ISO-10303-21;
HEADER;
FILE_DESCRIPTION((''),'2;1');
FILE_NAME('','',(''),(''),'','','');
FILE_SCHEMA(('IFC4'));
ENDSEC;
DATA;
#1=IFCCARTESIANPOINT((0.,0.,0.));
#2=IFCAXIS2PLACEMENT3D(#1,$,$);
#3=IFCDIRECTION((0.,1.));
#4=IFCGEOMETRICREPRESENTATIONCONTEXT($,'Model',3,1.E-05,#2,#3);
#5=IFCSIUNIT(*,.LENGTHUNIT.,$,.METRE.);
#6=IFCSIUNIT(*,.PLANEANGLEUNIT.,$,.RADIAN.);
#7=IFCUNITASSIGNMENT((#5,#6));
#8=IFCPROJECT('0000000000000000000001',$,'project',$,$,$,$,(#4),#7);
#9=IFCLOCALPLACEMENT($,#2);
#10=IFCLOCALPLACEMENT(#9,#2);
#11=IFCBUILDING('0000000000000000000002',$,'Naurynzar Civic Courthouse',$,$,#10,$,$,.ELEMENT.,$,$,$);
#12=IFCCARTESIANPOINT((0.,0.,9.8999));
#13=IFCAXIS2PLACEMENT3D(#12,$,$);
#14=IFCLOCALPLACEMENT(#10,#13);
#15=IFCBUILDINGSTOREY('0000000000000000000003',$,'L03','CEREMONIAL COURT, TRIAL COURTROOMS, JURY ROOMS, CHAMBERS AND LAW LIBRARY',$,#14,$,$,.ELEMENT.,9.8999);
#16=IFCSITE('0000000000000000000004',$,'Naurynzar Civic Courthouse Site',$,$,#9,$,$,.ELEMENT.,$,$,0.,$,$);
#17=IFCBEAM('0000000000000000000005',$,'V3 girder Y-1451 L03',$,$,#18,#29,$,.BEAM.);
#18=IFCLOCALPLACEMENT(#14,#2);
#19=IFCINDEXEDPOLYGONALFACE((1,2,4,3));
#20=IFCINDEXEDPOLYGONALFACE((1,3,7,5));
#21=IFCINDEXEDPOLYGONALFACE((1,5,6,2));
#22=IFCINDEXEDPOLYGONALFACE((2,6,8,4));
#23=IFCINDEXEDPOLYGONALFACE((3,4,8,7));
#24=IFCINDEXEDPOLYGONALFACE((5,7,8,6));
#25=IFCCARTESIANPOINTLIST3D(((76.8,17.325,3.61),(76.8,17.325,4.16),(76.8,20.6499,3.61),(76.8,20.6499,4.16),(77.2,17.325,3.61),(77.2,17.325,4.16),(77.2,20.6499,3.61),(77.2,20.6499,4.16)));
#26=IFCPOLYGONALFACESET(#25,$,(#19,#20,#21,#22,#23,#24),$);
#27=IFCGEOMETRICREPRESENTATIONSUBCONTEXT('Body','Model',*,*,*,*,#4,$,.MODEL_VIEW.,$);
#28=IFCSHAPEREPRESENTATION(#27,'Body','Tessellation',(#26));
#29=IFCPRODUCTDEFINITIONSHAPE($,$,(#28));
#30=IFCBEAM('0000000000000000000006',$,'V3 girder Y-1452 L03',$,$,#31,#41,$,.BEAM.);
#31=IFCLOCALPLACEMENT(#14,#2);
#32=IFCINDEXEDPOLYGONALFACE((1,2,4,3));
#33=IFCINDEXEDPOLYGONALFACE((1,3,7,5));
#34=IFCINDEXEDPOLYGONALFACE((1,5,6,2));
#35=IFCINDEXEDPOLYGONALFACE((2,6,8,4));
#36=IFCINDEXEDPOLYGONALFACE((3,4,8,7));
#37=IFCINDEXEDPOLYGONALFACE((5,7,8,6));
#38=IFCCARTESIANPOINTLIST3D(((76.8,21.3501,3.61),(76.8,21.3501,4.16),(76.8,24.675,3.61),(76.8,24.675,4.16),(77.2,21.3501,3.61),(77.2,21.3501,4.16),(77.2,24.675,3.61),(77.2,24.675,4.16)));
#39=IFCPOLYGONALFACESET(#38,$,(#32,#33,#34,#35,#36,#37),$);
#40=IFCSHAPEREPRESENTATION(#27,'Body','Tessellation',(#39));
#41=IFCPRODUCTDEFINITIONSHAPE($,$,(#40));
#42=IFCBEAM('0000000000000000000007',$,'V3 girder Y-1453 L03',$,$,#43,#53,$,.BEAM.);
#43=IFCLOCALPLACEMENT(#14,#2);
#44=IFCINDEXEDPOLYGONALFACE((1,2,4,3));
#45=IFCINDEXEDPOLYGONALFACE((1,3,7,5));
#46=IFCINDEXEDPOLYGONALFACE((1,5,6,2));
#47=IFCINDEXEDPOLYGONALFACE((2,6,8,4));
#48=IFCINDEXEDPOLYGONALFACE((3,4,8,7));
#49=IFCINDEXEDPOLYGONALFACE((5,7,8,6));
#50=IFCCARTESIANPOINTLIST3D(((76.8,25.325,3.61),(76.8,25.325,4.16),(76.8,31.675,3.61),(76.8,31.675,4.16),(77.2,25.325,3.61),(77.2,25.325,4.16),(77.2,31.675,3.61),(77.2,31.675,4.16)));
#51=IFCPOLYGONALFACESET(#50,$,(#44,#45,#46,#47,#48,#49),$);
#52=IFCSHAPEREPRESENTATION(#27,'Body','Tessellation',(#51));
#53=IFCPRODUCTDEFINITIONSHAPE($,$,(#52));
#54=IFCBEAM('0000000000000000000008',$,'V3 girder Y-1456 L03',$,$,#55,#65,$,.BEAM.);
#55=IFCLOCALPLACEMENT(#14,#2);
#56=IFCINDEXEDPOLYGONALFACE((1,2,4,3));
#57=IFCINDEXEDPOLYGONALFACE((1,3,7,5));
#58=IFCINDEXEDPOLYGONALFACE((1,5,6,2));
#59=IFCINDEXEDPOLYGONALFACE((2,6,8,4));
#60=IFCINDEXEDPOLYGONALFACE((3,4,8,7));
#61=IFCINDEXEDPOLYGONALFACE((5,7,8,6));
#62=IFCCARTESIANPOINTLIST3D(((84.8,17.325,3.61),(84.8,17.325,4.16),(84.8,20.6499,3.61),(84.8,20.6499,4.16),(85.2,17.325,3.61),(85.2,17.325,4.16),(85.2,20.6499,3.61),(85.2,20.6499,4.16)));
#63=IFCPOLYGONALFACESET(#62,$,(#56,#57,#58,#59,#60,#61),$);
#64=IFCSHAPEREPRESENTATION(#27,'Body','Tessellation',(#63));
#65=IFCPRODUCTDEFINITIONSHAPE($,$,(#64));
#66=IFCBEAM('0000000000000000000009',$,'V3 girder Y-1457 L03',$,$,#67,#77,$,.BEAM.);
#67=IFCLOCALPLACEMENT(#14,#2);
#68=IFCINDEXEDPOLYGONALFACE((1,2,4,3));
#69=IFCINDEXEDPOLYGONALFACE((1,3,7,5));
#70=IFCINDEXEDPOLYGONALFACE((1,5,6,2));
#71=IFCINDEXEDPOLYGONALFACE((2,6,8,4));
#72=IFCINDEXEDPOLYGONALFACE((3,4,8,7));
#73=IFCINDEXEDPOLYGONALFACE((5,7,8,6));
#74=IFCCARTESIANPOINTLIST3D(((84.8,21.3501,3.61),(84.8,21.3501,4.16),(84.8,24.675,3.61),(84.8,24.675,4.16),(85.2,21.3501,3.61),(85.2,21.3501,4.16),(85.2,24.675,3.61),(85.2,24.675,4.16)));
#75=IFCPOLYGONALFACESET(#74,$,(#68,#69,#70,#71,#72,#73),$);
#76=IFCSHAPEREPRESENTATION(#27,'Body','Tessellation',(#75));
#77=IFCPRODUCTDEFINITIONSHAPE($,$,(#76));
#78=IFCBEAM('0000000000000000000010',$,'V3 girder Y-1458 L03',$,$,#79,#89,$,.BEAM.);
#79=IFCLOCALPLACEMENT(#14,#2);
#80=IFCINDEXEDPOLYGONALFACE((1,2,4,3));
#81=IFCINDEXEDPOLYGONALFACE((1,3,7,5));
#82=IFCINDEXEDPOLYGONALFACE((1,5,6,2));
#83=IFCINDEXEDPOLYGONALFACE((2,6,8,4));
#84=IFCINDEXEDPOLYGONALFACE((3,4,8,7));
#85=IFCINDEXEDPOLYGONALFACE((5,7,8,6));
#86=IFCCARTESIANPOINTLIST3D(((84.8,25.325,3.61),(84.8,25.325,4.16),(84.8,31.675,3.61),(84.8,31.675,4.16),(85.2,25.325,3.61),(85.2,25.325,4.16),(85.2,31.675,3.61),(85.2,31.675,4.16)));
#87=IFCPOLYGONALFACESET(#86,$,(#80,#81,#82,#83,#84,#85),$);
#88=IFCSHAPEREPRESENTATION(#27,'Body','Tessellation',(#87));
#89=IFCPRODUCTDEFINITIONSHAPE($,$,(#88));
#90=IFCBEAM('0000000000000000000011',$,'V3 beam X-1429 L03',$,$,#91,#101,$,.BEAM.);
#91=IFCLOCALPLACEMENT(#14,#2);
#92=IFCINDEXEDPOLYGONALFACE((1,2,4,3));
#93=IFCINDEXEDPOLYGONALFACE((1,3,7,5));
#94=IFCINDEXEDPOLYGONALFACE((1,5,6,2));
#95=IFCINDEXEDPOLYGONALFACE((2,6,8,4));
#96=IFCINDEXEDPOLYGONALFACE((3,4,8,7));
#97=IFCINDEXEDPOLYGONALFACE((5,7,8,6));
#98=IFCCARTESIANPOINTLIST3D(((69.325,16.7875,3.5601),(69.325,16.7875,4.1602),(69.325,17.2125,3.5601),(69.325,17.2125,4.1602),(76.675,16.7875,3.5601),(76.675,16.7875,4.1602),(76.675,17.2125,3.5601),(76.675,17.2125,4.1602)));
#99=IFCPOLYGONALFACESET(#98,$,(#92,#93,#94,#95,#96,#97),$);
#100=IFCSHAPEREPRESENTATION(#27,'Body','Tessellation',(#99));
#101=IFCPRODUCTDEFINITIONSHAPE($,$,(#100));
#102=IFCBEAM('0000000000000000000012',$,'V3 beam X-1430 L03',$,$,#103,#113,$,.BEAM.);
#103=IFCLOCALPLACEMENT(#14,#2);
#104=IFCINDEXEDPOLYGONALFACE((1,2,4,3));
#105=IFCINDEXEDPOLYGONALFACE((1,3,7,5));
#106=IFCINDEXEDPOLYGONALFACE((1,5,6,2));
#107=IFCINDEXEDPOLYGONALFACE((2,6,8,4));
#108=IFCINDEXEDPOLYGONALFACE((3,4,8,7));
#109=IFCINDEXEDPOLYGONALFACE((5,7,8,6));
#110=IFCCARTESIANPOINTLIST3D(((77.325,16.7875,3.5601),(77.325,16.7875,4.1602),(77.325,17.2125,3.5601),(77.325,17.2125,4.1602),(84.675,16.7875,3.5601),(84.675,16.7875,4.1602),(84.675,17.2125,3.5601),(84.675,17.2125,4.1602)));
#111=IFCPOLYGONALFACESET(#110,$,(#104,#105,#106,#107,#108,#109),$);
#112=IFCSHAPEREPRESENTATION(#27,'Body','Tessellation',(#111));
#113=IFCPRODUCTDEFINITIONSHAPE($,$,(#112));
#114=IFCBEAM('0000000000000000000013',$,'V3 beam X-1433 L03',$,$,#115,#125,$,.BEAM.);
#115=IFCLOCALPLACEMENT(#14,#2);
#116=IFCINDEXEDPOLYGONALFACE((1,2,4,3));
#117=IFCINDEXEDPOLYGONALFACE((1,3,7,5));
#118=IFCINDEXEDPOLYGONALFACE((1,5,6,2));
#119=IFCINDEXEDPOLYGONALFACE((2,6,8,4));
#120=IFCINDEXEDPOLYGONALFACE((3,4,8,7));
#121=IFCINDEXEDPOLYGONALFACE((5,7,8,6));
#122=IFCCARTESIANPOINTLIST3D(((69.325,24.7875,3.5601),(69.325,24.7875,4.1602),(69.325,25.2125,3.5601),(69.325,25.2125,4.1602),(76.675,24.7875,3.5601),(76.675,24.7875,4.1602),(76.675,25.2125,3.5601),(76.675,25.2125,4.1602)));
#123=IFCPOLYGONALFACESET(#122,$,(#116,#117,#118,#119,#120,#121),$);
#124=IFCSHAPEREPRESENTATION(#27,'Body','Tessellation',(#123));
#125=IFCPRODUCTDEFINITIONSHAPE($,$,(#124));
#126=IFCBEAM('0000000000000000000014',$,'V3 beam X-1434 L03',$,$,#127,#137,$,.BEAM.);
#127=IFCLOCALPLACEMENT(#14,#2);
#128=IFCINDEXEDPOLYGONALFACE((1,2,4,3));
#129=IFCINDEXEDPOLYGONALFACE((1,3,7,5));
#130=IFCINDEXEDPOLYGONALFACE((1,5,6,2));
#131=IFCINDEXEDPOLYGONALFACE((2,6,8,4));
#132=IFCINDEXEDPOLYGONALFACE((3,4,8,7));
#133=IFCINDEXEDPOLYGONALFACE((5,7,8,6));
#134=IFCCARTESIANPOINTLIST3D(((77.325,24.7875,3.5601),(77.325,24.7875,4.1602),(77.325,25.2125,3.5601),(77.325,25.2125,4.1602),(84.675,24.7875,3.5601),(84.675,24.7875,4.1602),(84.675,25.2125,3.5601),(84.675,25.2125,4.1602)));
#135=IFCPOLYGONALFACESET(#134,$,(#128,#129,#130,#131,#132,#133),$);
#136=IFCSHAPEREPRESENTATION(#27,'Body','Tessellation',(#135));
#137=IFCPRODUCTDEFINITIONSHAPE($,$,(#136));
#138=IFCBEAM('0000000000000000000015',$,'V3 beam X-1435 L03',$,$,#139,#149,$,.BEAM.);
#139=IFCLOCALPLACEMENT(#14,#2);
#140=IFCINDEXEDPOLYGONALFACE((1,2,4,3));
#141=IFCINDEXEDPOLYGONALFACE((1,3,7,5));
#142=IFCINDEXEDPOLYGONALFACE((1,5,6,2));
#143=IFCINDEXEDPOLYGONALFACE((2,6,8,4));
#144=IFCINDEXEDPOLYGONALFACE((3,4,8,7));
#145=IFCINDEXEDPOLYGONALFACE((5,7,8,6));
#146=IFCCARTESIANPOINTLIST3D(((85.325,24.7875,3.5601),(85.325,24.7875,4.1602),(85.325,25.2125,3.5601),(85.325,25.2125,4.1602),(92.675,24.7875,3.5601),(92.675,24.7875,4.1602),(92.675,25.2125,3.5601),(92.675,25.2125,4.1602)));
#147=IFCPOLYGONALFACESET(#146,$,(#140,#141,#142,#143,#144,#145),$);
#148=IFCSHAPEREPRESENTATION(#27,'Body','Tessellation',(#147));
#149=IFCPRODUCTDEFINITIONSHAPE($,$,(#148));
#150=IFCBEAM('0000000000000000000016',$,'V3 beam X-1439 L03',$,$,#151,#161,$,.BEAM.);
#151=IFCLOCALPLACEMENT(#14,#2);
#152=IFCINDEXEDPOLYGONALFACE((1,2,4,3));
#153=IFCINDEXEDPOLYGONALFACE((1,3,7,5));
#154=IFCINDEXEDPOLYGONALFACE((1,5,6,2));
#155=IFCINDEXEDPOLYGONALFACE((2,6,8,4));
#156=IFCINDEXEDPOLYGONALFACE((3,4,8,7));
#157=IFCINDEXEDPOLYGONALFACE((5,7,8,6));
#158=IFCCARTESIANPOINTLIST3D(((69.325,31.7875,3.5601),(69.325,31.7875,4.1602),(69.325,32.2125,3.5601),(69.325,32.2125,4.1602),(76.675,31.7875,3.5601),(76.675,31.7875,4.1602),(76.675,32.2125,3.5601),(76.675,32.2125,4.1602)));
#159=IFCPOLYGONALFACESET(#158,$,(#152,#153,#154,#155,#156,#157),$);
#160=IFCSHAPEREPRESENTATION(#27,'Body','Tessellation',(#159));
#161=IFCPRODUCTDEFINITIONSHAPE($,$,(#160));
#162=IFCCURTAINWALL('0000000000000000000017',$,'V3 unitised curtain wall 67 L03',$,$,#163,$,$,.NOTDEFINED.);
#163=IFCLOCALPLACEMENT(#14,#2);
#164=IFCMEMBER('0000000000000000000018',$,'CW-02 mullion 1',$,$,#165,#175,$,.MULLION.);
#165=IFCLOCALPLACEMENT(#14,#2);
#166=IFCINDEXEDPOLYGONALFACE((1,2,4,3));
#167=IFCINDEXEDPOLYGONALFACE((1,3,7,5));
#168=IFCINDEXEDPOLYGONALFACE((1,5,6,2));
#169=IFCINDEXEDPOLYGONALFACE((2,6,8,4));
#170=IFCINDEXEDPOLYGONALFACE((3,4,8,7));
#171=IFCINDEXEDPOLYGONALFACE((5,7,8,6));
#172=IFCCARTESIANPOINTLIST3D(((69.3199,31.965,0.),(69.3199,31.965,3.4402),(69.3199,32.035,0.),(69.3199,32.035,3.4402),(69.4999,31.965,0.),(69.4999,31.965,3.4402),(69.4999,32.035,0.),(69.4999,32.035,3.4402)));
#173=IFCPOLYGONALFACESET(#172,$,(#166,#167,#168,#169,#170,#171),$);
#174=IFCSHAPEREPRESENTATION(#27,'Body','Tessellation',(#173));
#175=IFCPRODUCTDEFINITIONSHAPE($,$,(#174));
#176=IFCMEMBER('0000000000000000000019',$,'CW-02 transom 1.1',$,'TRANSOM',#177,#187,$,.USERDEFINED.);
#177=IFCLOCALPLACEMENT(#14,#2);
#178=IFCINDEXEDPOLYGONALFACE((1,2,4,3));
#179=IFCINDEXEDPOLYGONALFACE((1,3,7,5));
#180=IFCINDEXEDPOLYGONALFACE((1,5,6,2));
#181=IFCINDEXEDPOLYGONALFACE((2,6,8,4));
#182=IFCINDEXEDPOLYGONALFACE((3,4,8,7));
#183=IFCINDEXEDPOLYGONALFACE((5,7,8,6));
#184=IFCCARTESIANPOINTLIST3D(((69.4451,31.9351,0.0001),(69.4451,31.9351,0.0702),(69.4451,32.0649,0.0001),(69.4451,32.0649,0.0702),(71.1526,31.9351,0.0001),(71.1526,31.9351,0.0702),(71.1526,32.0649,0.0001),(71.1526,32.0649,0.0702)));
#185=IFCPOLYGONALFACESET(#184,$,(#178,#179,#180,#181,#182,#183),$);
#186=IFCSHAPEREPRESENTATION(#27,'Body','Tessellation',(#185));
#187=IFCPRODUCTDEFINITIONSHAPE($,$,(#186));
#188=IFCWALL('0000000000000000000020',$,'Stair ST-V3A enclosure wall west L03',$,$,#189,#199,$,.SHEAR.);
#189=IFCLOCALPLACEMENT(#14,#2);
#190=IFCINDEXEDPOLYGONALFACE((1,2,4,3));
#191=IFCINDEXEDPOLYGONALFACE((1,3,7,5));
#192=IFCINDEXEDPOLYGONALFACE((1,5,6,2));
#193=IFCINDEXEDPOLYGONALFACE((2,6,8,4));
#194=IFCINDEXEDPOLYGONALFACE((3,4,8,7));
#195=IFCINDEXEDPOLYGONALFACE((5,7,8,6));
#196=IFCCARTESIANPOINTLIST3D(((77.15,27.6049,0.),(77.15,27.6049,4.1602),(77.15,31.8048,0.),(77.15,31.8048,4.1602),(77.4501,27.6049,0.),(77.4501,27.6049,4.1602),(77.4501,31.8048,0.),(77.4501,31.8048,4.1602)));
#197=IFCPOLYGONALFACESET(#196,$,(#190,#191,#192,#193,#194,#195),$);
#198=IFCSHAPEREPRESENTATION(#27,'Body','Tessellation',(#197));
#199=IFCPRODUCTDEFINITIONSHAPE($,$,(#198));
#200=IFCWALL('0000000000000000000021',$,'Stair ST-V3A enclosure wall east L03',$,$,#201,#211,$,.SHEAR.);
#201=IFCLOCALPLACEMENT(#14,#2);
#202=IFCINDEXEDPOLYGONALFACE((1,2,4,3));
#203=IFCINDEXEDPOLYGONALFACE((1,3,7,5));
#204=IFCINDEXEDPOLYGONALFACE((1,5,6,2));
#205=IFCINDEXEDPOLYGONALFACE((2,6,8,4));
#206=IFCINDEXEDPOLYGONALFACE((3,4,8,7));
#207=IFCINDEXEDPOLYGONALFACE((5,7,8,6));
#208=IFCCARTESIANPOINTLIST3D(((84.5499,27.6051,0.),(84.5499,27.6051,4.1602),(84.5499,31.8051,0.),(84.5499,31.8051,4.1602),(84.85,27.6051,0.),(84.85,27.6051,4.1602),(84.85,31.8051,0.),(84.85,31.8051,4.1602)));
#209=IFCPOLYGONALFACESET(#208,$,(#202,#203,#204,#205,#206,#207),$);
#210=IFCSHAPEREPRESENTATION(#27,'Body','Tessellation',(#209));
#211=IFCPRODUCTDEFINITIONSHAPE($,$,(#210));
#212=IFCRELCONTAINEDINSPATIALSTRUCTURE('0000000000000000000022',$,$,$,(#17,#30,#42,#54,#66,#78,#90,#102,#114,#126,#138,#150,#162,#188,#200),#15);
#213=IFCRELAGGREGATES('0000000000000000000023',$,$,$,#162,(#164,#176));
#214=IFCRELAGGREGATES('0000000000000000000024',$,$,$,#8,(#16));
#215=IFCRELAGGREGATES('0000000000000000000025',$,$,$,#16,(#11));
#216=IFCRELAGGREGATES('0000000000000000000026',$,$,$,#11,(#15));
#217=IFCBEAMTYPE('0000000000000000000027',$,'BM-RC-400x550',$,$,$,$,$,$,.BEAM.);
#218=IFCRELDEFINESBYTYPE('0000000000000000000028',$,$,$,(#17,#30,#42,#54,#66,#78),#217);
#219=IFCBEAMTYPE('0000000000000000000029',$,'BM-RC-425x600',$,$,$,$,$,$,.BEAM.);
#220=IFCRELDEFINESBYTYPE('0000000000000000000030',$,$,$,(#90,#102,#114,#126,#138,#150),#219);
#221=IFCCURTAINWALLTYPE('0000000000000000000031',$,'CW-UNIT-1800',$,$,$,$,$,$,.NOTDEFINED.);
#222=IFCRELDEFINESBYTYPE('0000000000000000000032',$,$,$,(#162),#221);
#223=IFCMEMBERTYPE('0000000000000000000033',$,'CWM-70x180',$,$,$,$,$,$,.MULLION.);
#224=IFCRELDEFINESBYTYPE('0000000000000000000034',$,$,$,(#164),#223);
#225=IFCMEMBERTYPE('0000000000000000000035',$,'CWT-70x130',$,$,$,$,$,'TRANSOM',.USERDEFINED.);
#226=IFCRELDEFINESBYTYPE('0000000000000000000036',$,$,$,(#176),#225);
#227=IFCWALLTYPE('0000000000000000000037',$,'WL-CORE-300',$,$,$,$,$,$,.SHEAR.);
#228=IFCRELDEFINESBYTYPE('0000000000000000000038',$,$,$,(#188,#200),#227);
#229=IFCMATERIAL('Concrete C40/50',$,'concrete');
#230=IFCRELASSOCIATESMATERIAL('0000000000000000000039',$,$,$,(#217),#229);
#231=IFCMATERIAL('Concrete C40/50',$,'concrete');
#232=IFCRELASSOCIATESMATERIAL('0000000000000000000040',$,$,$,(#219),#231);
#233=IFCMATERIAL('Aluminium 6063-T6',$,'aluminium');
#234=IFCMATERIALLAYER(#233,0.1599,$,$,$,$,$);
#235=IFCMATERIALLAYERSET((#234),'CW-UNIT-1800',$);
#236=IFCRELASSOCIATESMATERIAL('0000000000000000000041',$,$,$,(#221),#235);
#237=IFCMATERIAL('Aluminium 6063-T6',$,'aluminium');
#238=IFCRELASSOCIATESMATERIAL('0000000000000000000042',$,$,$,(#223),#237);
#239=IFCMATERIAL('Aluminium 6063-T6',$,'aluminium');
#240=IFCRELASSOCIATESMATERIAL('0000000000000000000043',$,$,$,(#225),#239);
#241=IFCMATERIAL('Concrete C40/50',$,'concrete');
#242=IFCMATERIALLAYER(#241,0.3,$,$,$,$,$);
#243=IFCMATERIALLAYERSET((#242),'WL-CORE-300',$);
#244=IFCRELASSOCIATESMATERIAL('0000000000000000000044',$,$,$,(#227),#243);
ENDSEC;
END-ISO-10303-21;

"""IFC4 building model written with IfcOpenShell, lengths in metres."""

from ifc_helpers import new_model, si_unit, direction, frame, frame_2d, origin, origin_2d, place, context, subcontext, project, spatial, rectangle, extrude, material, layer, layer_set, material_profile, profile_set, type_object, element, aggregate, save


model = new_model("IFC4")

# Units and contexts
model_context = context("Model", 3, precision=1e-05, world=origin(), true_north=direction((0.0, 1.0)))
body_context = subcontext(model_context, "Body", "Model", "MODEL_VIEW")
ifc_project = project(units=[si_unit("LENGTHUNIT", "METRE"), si_unit("PLANEANGLEUNIT", "RADIAN")], contexts=[model_context])

# Site, building, storey
site_placement = place(None, origin())
site = spatial("IfcSite", under=ifc_project, at=site_placement, Name="Naurynzar Civic Courthouse Site", CompositionType="ELEMENT", RefElevation=0.0)
building_placement = place(site_placement, origin())
building = spatial("IfcBuilding", under=site, at=building_placement, Name="Naurynzar Civic Courthouse", CompositionType="ELEMENT")
storey_placement = place(building_placement, frame((0.0, 0.0, 9.8999)))
storey = spatial("IfcBuildingStorey", under=building, at=storey_placement, Name="L03", Description="CEREMONIAL COURT, TRIAL COURTROOMS, JURY ROOMS, CHAMBERS AND LAW LIBRARY", CompositionType="ELEMENT", Elevation=9.8999)

# Beams
ifc_material_1 = material(Name="Concrete C40/50", Category="concrete")
ifc_material_profile_1 = material_profile(ifc_material_1, rectangle(XDim=0.3999, YDim=0.55, at=origin_2d()), Name="RCB 400x550")
ifc_profile_set_1 = profile_set([ifc_material_profile_1], Name="Concrete C40/50")
beam_type_1 = type_object("IfcBeamType", Name="BM-RC-400x550", PredefinedType="BEAM", material=ifc_profile_set_1)
for number, where, z_axis, x_axis, name in (
    (1, (77.0, 17.325, 3.885), (0.0, 1.0, 0.0), (-1.0, 0.0, 0.0), "V3 girder Y-1451 L03"),
    (2, (77.0, 21.3501, 3.885), (0.0, 1.0, 0.0), (-1.0, 0.0, 0.0), "V3 girder Y-1452 L03"),
):
    element("IfcBeam", number, at=place(storey_placement, frame(where, z_axis=z_axis, x_axis=x_axis)), inside=storey, type_object=beam_type_1, Name=name, PredefinedType="BEAM", context=body_context, shape_type="SweptSolid", body=[
        extrude(rectangle(XDim=0.3999, YDim=0.55, at=origin_2d()), origin(), (0.0, 0.0, 1.0), 3.325),
    ])
beam_1_placement = place(storey_placement, frame((77.0, 25.325, 3.885), z_axis=(0.0, 1.0, 0.0), x_axis=(-1.0, 0.0, 0.0)))
element("IfcBeam", 3, at=beam_1_placement, inside=storey, type_object=beam_type_1, Name="V3 girder Y-1453 L03", PredefinedType="BEAM", context=body_context, shape_type="SweptSolid", body=[
    extrude(rectangle(XDim=0.3999, YDim=0.55, at=origin_2d()), origin(), (0.0, 0.0, 1.0), 6.3501),
])
for number, where, z_axis, x_axis, name in (
    (4, (85.0, 17.325, 3.885), (0.0, 1.0, 0.0), (-1.0, 0.0, 0.0), "V3 girder Y-1456 L03"),
    (5, (85.0, 21.3501, 3.885), (0.0, 1.0, 0.0), (-1.0, 0.0, 0.0), "V3 girder Y-1457 L03"),
):
    element("IfcBeam", number, at=place(storey_placement, frame(where, z_axis=z_axis, x_axis=x_axis)), inside=storey, type_object=beam_type_1, Name=name, PredefinedType="BEAM", context=body_context, shape_type="SweptSolid", body=[
        extrude(rectangle(XDim=0.3999, YDim=0.55, at=origin_2d()), origin(), (0.0, 0.0, 1.0), 3.325),
    ])
beam_2_placement = place(storey_placement, frame((85.0, 25.325, 3.885), z_axis=(0.0, 1.0, 0.0), x_axis=(-1.0, 0.0, 0.0)))
element("IfcBeam", 6, at=beam_2_placement, inside=storey, type_object=beam_type_1, Name="V3 girder Y-1458 L03", PredefinedType="BEAM", context=body_context, shape_type="SweptSolid", body=[
    extrude(rectangle(XDim=0.3999, YDim=0.55, at=origin_2d()), origin(), (0.0, 0.0, 1.0), 6.3501),
])
ifc_material_2 = material(Name="Concrete C40/50", Category="concrete")
ifc_material_profile_2 = material_profile(ifc_material_2, rectangle(XDim=0.425, YDim=0.6001, at=origin_2d()), Name="RCB 425x600")
ifc_profile_set_2 = profile_set([ifc_material_profile_2], Name="Concrete C40/50")
beam_type_2 = type_object("IfcBeamType", Name="BM-RC-425x600", PredefinedType="BEAM", material=ifc_profile_set_2)
for number, where, z_axis, x_axis, name in (
    (7, (69.325, 17.0, 3.8601), (1.0, 0.0, 0.0), (0.0, 1.0, 0.0), "V3 beam X-1429 L03"),
    (8, (77.325, 17.0, 3.8601), (1.0, 0.0, 0.0), (0.0, 1.0, 0.0), "V3 beam X-1430 L03"),
    (9, (69.325, 25.0, 3.8601), (1.0, 0.0, 0.0), (0.0, 1.0, 0.0), "V3 beam X-1433 L03"),
    (10, (77.325, 25.0, 3.8601), (1.0, 0.0, 0.0), (0.0, 1.0, 0.0), "V3 beam X-1434 L03"),
    (11, (85.325, 25.0, 3.8601), (1.0, 0.0, 0.0), (0.0, 1.0, 0.0), "V3 beam X-1435 L03"),
    (12, (69.325, 32.0, 3.8601), (1.0, 0.0, 0.0), (0.0, 1.0, 0.0), "V3 beam X-1439 L03"),
):
    element("IfcBeam", number, at=place(storey_placement, frame(where, z_axis=z_axis, x_axis=x_axis)), inside=storey, type_object=beam_type_2, Name=name, PredefinedType="BEAM", context=body_context, shape_type="SweptSolid", body=[
        extrude(rectangle(XDim=0.425, YDim=0.6001, at=origin_2d()), origin(), (0.0, 0.0, 1.0), 7.3501),
    ])

# Curtain wall, members
ifc_material_3 = material(Name="Aluminium 6063-T6", Category="aluminium")
ifc_layer_1 = layer(ifc_material_3, 0.1599)
ifc_layer_set_1 = layer_set([ifc_layer_1], Name="CW-UNIT-1800")
curtain_wall_type = type_object("IfcCurtainWallType", Name="CW-UNIT-1800", PredefinedType="NOTDEFINED", material=ifc_layer_set_1)
curtain_wall_placement = place(storey_placement, origin())
curtain_wall = element("IfcCurtainWall", 13, at=curtain_wall_placement, inside=storey, type_object=curtain_wall_type, Name="V3 unitised curtain wall 67 L03", PredefinedType="NOTDEFINED")
ifc_material_4 = material(Name="Aluminium 6063-T6", Category="aluminium")
ifc_material_profile_3 = material_profile(ifc_material_4, rectangle(XDim=0.0701, YDim=0.1799, at=origin_2d()), Name="ALU MULLION 70x180")
ifc_profile_set_3 = profile_set([ifc_material_profile_3], Name="Aluminium 6063-T6")
member_type_1 = type_object("IfcMemberType", Name="CWM-70x180", PredefinedType="MULLION", material=ifc_profile_set_3)
member_1_placement = place(storey_placement, frame((69.4099, 32.0, 0.0), z_axis=(0.0, 0.0, 1.0), x_axis=(0.0, 1.0, 0.0)))
member_1 = element("IfcMember", 14, at=member_1_placement, type_object=member_type_1, Name="CW-02 mullion 1", PredefinedType="MULLION", context=body_context, shape_type="SweptSolid", body=[
    extrude(rectangle(XDim=0.0701, YDim=0.1799, at=origin_2d()), origin(), (0.0, 0.0, 1.0), 3.4402),
])
ifc_material_5 = material(Name="Aluminium 6063-T6", Category="aluminium")
ifc_material_profile_4 = material_profile(ifc_material_5, rectangle(XDim=0.1299, YDim=0.0701, at=origin_2d()), Name="ALU TRANSOM 70x130")
ifc_profile_set_4 = profile_set([ifc_material_profile_4], Name="Aluminium 6063-T6")
member_type_2 = type_object("IfcMemberType", Name="CWT-70x130", ElementType="TRANSOM", PredefinedType="USERDEFINED", material=ifc_profile_set_4)
member_2_placement = place(storey_placement, frame((69.4451, 32.0, 0.0352), z_axis=(1.0, 0.0, 0.0), x_axis=(0.0, 1.0, 0.0)))
member_2 = element("IfcMember", 15, at=member_2_placement, type_object=member_type_2, Name="CW-02 transom 1.1", ObjectType="TRANSOM", PredefinedType="USERDEFINED", context=body_context, shape_type="SweptSolid", body=[
    extrude(rectangle(XDim=0.1299, YDim=0.0701, at=origin_2d()), origin(), (0.0, 0.0, 1.0), 1.7075),
])
aggregate(curtain_wall, [member_1, member_2])

# Shared definitions
ifc_material_6 = material(Name="Concrete C40/50", Category="concrete")
ifc_layer_2 = layer(ifc_material_6, 0.3)
ifc_layer_set_2 = layer_set([ifc_layer_2], Name="WL-CORE-300")
wall_type_1 = type_object("IfcWallType", Name="WL-CORE-300", PredefinedType="SHEAR", material=ifc_layer_set_2)

# Walls
for number, where, z_axis, x_axis, name in (
    (16, (77.3, 31.8049, 0.0), (0.0, 0.0, 1.0), (0.0, -1.0, 0.0), "Stair ST-V3A enclosure wall west L03"),
    (17, (84.7, 27.605, 0.0), (0.0, 0.0, 1.0), (0.0, 1.0, 0.0), "Stair ST-V3A enclosure wall east L03"),
):
    element("IfcWall", number, at=place(storey_placement, frame(where, z_axis=z_axis, x_axis=x_axis)), inside=storey, type_object=wall_type_1, Name=name, PredefinedType="SHEAR", context=body_context, shape_type="SweptSolid", body=[
        extrude(rectangle(XDim=4.2, YDim=0.3, at=frame_2d((2.1001, 0.0))), origin(), (0.0, 0.0, 1.0), 4.1602),
    ])

save(model, "model.ifc")
